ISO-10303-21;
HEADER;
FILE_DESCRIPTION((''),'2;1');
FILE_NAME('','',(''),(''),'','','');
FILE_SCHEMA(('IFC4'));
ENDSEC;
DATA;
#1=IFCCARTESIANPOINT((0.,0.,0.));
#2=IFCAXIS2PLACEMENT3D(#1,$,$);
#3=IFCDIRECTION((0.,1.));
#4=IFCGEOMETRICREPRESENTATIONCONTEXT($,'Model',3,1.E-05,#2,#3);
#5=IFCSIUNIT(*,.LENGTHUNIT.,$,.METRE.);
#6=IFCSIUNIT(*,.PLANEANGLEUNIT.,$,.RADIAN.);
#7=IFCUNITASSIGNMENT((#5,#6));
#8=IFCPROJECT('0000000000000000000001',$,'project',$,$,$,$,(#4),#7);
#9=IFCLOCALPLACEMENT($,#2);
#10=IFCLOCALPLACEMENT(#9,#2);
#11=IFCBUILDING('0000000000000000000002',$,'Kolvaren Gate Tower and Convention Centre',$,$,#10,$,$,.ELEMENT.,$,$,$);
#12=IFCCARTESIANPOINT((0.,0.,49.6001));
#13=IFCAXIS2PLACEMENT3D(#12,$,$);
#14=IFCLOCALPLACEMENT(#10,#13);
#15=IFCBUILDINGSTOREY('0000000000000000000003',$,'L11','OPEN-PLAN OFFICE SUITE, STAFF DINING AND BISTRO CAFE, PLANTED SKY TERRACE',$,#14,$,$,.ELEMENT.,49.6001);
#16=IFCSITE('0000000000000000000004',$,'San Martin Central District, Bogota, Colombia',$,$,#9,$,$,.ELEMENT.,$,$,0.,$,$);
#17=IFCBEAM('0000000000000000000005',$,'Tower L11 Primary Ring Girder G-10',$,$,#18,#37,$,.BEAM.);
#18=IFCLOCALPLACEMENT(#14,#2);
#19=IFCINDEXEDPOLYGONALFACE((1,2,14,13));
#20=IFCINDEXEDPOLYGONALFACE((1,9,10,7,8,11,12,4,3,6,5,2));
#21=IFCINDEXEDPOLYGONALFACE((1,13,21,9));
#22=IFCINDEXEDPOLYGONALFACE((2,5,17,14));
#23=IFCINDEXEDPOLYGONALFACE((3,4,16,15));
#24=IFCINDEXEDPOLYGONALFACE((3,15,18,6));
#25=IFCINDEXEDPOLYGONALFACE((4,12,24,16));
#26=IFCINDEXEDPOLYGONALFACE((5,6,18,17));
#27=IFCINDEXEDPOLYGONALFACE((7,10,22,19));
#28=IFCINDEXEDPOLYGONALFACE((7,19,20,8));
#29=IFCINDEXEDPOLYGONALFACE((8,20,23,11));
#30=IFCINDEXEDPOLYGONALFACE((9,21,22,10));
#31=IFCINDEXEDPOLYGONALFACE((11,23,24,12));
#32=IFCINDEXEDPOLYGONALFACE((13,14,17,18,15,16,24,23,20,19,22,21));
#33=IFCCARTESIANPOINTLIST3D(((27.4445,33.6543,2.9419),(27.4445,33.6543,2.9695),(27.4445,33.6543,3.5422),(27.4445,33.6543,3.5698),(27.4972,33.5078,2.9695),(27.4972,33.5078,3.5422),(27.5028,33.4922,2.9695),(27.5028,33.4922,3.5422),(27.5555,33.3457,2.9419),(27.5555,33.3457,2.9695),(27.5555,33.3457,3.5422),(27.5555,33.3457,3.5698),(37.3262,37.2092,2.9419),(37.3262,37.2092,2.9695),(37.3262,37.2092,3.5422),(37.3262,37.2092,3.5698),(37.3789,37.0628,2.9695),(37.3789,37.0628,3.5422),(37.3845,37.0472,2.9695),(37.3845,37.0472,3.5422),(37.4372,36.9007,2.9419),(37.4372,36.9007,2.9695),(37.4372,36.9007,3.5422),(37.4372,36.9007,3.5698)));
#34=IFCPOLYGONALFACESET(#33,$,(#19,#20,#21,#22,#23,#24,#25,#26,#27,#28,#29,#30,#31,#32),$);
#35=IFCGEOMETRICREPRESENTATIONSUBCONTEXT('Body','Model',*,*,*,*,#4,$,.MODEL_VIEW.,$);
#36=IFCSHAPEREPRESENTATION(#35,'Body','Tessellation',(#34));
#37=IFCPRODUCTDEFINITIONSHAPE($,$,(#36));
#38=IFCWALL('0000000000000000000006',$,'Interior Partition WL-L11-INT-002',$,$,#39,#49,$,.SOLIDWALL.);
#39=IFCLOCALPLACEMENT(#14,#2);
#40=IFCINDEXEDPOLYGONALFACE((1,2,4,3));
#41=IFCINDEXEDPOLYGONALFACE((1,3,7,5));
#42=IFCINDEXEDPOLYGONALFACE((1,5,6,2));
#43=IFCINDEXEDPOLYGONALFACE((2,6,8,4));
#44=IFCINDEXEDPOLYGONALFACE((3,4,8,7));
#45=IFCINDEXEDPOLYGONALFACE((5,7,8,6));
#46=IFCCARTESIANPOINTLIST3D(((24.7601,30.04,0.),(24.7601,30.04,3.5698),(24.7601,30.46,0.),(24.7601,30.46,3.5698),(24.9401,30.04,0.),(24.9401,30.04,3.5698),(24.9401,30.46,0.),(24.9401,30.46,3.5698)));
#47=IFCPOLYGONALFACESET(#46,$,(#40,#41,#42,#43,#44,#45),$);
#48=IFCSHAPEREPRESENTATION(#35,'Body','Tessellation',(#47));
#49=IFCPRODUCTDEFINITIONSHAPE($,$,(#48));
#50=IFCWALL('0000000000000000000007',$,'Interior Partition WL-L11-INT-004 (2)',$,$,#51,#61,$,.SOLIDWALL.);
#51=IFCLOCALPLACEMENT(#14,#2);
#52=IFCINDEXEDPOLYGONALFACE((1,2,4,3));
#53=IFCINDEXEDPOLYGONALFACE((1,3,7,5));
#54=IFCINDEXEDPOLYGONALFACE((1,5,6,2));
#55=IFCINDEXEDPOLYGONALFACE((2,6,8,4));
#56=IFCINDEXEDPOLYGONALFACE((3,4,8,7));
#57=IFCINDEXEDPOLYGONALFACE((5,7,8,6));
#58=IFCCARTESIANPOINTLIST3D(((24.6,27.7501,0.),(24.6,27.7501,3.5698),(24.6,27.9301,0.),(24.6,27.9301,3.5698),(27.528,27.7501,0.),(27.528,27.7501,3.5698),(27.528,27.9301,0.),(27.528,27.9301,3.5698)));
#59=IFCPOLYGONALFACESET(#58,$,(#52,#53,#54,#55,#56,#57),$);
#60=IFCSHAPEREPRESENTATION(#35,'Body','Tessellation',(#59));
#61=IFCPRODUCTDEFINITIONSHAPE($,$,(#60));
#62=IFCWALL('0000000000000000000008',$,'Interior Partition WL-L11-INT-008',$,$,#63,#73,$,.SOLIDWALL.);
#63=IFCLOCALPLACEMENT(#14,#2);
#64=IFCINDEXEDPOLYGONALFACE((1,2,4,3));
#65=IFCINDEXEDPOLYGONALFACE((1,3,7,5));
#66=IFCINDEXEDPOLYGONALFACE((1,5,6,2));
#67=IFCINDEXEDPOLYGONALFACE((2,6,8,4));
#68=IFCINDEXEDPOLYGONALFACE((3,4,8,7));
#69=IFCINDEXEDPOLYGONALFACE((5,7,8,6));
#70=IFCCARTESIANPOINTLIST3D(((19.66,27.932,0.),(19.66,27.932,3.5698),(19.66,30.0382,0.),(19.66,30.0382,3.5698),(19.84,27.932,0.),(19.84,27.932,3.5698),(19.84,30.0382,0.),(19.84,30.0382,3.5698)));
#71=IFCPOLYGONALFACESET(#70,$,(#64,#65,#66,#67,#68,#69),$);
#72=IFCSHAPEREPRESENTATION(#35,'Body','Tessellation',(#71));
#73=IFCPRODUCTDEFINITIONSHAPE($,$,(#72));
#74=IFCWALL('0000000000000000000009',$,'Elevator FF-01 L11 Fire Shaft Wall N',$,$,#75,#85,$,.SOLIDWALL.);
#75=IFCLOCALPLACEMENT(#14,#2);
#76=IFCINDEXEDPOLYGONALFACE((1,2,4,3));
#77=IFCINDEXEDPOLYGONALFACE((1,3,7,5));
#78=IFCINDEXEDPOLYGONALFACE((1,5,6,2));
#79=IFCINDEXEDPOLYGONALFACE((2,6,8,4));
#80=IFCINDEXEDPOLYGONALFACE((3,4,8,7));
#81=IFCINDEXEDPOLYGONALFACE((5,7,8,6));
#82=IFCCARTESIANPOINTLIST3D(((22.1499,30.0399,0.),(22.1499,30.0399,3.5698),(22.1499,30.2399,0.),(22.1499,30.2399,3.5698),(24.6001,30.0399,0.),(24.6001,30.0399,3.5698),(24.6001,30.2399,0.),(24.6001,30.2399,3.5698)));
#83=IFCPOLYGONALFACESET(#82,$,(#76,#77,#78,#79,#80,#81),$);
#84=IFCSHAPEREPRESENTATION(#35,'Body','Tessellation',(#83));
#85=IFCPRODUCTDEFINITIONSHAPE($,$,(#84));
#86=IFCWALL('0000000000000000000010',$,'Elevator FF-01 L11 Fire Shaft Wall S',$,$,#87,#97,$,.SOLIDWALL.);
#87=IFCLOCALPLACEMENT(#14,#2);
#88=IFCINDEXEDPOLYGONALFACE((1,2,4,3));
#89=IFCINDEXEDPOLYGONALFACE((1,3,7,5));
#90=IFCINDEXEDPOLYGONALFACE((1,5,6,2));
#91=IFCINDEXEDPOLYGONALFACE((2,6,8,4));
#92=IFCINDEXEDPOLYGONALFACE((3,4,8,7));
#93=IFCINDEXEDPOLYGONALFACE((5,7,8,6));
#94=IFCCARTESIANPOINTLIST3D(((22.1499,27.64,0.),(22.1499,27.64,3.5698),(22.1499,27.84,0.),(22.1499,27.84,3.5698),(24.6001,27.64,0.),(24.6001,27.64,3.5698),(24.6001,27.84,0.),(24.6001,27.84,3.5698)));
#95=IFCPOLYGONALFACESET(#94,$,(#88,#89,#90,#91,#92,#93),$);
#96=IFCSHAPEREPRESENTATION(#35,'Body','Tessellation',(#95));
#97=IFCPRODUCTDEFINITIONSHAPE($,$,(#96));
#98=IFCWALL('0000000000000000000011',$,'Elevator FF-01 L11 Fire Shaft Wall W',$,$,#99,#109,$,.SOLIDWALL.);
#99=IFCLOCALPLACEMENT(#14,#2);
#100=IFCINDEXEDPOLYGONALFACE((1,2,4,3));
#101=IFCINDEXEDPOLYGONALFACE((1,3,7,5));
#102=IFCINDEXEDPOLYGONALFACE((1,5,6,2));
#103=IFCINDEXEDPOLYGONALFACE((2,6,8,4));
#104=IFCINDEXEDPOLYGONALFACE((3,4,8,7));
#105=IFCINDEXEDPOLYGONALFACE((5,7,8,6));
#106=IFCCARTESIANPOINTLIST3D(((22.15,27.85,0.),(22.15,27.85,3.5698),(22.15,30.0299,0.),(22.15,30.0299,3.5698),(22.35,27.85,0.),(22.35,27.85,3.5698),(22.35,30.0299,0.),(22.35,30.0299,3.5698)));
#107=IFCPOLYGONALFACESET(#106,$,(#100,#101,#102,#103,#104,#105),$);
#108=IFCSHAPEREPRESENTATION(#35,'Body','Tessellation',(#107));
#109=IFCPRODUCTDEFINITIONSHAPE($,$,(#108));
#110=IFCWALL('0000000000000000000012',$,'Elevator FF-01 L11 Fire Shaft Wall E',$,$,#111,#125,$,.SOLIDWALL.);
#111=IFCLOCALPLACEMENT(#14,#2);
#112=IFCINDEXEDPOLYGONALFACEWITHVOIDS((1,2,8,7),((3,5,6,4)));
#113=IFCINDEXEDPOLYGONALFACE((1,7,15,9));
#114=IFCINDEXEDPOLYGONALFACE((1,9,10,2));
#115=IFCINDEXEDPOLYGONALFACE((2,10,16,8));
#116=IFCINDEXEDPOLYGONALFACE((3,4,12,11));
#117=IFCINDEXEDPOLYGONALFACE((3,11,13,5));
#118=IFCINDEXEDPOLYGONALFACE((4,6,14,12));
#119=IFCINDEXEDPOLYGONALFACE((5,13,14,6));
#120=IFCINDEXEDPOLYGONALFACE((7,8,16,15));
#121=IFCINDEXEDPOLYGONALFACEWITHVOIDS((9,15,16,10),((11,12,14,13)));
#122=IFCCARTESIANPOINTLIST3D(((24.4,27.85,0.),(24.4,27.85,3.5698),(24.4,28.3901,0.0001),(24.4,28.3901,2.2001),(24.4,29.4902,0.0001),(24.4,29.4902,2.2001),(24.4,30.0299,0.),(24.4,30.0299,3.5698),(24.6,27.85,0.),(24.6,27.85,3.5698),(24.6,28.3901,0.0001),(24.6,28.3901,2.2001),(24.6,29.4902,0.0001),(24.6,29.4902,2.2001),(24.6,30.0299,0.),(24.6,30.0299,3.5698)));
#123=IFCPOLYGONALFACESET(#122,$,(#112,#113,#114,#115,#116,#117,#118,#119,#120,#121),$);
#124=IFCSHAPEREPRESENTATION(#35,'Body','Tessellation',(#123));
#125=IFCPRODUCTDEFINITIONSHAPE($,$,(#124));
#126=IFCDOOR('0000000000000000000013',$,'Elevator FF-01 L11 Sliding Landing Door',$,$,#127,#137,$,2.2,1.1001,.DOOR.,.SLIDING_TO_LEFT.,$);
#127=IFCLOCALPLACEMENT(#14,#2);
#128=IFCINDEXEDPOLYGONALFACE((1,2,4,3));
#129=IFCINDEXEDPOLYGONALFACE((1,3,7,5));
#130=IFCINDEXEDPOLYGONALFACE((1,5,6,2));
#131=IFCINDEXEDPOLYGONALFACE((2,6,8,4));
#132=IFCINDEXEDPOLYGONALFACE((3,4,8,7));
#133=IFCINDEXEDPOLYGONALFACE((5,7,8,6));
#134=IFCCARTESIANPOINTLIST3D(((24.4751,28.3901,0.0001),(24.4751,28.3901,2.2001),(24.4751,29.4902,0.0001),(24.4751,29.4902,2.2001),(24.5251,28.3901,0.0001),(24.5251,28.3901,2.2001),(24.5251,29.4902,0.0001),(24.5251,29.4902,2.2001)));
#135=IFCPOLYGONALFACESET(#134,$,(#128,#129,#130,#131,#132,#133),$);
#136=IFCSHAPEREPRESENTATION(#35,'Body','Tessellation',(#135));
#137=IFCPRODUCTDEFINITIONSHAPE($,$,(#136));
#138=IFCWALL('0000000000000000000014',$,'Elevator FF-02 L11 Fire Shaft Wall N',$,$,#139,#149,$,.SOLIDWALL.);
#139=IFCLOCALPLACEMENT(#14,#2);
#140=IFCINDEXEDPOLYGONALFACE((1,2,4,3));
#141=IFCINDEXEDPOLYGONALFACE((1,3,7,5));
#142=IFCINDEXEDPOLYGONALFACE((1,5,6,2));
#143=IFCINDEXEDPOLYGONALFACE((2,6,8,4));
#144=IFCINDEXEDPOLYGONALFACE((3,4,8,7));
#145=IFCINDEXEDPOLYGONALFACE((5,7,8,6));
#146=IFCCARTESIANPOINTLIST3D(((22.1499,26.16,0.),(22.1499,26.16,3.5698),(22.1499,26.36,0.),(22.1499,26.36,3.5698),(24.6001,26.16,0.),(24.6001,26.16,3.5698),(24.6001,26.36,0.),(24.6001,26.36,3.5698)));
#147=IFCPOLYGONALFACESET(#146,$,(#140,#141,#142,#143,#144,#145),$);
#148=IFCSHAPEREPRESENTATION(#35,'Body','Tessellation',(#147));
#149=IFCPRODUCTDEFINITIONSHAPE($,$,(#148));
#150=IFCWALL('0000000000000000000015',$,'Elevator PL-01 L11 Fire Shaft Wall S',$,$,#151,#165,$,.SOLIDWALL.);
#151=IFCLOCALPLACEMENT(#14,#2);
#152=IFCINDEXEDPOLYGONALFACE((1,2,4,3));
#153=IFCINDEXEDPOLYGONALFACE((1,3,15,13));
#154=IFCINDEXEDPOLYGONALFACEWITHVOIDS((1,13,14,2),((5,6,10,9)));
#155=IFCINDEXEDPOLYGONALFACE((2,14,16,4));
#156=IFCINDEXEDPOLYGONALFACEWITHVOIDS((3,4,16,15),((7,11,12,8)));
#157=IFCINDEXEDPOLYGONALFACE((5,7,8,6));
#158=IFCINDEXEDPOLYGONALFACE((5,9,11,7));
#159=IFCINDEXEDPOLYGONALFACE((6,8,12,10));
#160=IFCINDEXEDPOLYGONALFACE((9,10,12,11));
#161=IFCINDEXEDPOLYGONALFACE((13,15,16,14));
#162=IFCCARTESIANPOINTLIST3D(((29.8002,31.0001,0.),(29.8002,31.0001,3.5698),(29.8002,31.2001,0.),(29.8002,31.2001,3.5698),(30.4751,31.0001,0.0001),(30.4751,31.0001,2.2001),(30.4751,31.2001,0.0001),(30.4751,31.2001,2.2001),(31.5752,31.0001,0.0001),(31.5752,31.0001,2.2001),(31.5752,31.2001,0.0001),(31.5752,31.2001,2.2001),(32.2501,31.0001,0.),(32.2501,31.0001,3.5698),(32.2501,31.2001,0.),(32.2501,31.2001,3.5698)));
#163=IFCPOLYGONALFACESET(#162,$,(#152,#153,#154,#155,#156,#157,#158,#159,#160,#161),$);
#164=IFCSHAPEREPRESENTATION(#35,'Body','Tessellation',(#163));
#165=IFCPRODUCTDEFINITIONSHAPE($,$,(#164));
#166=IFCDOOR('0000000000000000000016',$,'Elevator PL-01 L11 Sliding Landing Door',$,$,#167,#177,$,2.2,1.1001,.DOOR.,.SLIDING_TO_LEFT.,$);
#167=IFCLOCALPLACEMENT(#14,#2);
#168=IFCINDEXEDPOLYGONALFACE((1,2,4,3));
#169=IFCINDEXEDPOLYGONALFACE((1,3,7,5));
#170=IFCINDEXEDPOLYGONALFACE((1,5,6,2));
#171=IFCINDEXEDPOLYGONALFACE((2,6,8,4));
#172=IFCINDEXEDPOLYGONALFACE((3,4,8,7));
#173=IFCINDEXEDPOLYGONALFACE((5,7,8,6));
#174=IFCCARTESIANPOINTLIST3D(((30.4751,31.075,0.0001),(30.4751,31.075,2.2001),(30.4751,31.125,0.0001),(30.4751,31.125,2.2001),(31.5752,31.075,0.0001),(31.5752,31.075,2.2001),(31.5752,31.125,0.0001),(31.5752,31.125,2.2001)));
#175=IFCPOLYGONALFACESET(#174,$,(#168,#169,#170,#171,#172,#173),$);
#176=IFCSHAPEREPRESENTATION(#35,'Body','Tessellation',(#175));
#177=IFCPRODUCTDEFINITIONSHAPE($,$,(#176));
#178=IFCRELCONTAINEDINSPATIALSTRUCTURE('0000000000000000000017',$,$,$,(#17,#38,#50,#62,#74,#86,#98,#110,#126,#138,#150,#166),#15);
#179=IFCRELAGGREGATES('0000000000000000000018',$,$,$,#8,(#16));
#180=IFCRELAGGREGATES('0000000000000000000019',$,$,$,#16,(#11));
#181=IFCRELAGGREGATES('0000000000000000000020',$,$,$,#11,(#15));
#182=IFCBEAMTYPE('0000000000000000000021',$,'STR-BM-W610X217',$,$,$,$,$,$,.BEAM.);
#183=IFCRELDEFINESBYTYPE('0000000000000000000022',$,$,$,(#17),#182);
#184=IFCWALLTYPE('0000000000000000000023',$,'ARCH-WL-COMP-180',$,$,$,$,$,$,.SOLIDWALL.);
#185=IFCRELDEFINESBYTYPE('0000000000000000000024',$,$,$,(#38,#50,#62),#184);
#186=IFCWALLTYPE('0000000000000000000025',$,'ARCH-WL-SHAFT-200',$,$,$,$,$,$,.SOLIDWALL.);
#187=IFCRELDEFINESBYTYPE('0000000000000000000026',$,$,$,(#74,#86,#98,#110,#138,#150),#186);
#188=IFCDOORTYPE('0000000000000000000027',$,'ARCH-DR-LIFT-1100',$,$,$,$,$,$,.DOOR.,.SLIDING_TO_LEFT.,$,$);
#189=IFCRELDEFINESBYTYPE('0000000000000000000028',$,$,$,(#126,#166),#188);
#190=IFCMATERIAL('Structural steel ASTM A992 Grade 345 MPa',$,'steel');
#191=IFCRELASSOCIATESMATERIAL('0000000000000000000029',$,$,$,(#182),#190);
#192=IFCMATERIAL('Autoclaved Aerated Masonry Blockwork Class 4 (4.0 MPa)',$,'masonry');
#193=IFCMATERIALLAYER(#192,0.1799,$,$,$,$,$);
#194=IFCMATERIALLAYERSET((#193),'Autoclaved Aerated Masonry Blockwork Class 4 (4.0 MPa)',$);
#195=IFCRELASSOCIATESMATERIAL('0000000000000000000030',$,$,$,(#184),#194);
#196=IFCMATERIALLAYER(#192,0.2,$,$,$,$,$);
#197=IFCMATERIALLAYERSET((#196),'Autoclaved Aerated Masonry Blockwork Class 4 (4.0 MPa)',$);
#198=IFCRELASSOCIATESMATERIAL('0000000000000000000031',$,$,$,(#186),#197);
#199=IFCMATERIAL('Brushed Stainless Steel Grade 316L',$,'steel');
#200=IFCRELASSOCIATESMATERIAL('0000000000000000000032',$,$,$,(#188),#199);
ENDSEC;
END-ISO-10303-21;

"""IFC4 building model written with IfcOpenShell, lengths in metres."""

from ifc_helpers import new_model, si_unit, direction, frame, frame_2d, origin, origin_2d, place, context, subcontext, project, spatial, rectangle, i_section, extrude, material, layer, layer_set, material_profile, profile_set, type_object, element, fill, save


model = new_model("IFC4")

# Units and contexts
model_context = context("Model", 3, precision=1e-05, world=origin(), true_north=direction((0.0, 1.0)))
body_context = subcontext(model_context, "Body", "Model", "MODEL_VIEW")
ifc_project = project(units=[si_unit("LENGTHUNIT", "METRE"), si_unit("PLANEANGLEUNIT", "RADIAN")], contexts=[model_context])

# Site, building, storey
site_placement = place(None, origin())
site = spatial("IfcSite", under=ifc_project, at=site_placement, Name="San Martin Central District, Bogota, Colombia", CompositionType="ELEMENT", RefElevation=0.0)
building_placement = place(site_placement, origin())
building = spatial("IfcBuilding", under=site, at=building_placement, Name="Kolvaren Gate Tower and Convention Centre", CompositionType="ELEMENT")
storey_placement = place(building_placement, frame((0.0, 0.0, 49.6001)))
storey = spatial("IfcBuildingStorey", under=building, at=storey_placement, Name="L11", Description="OPEN-PLAN OFFICE SUITE, STAFF DINING AND BISTRO CAFE, PLANTED SKY TERRACE", CompositionType="ELEMENT", Elevation=49.6001)

# Beam
ifc_material_1 = material(Name="Structural steel ASTM A992 Grade 345 MPa", Category="steel")
ifc_material_profile = material_profile(ifc_material_1, i_section(OverallWidth=0.3279, OverallDepth=0.6279, WebThickness=0.0166, FlangeThickness=0.0276, at=origin_2d()), Name="W610X217")
ifc_profile_set = profile_set([ifc_material_profile], Name="Structural steel ASTM A992 Grade 345 MPa")
beam_type = type_object("IfcBeamType", Name="STR-BM-W610X217", PredefinedType="BEAM", material=ifc_profile_set)
beam_placement = place(storey_placement, frame((27.5, 33.5, 3.2559), z_axis=(0.940961, 0.338514, 0.0), x_axis=(-0.338514, 0.940961, 0.0)))
element("IfcBeam", 1, at=beam_placement, inside=storey, type_object=beam_type, Name="Tower L11 Primary Ring Girder G-10", PredefinedType="BEAM", context=body_context, shape_type="SweptSolid", body=[
    extrude(i_section(OverallWidth=0.3279, OverallDepth=0.6279, WebThickness=0.0166, FlangeThickness=0.0276, at=origin_2d()), origin(), (0.0, 0.0, 1.0), 10.5017),
])

# Walls
ifc_material_2 = material(Name="Autoclaved Aerated Masonry Blockwork Class 4 (4.0 MPa)", Category="masonry")
ifc_layer_1 = layer(ifc_material_2, 0.1799)
ifc_layer_set_1 = layer_set([ifc_layer_1], Name="Autoclaved Aerated Masonry Blockwork Class 4 (4.0 MPa)")
wall_type_1 = type_object("IfcWallType", Name="ARCH-WL-COMP-180", PredefinedType="SOLIDWALL", material=ifc_layer_set_1)
wall_1_placement = place(storey_placement, frame((24.8501, 30.04, 0.0), z_axis=(0.0, 0.0, 1.0), x_axis=(0.0, 1.0, 0.0)))
element("IfcWall", 2, at=wall_1_placement, inside=storey, type_object=wall_type_1, Name="Interior Partition WL-L11-INT-002", PredefinedType="SOLIDWALL", context=body_context, shape_type="SweptSolid", body=[
    extrude(rectangle(XDim=0.4199, YDim=0.1799, at=frame_2d((0.21, 0.0))), origin(), (0.0, 0.0, 1.0), 3.5698),
])
wall_2_placement = place(storey_placement, frame((24.6001, 27.8401, 0.0), z_axis=(0.0, 0.0, 1.0), x_axis=(1.0, 0.0, 0.0)))
element("IfcWall", 3, at=wall_2_placement, inside=storey, type_object=wall_type_1, Name="Interior Partition WL-L11-INT-004 (2)", PredefinedType="SOLIDWALL", context=body_context, shape_type="SweptSolid", body=[
    extrude(rectangle(XDim=2.928, YDim=0.1799, at=frame_2d((1.4639, 0.0))), origin(), (0.0, 0.0, 1.0), 3.5698),
])
wall_3_placement = place(storey_placement, frame((19.75, 27.9319, 0.0), z_axis=(0.0, 0.0, 1.0), x_axis=(0.0, 1.0, 0.0)))
element("IfcWall", 4, at=wall_3_placement, inside=storey, type_object=wall_type_1, Name="Interior Partition WL-L11-INT-008", PredefinedType="SOLIDWALL", context=body_context, shape_type="SweptSolid", body=[
    extrude(rectangle(XDim=2.1062, YDim=0.1799, at=frame_2d((1.0532, 0.0))), origin(), (0.0, 0.0, 1.0), 3.5698),
])
ifc_layer_2 = layer(ifc_material_2, 0.2)
ifc_layer_set_2 = layer_set([ifc_layer_2], Name="Autoclaved Aerated Masonry Blockwork Class 4 (4.0 MPa)")
wall_type_2 = type_object("IfcWallType", Name="ARCH-WL-SHAFT-200", PredefinedType="SOLIDWALL", material=ifc_layer_set_2)
for number, where, z_axis, x_axis, name in (
    (5, (22.1499, 30.1399, 0.0), (0.0, 0.0, 1.0), (1.0, 0.0, 0.0), "Elevator FF-01 L11 Fire Shaft Wall N"),
    (6, (22.1499, 27.74, 0.0), (0.0, 0.0, 1.0), (1.0, 0.0, 0.0), "Elevator FF-01 L11 Fire Shaft Wall S"),
):
    element("IfcWall", number, at=place(storey_placement, frame(where, z_axis=z_axis, x_axis=x_axis)), inside=storey, type_object=wall_type_2, Name=name, PredefinedType="SOLIDWALL", context=body_context, shape_type="SweptSolid", body=[
        extrude(rectangle(XDim=2.4502, YDim=0.2, at=frame_2d((1.2251, 0.0))), origin(), (0.0, 0.0, 1.0), 3.5698),
    ])
wall_4_placement = place(storey_placement, frame((22.25, 27.8501, 0.0), z_axis=(0.0, 0.0, 1.0), x_axis=(0.0, 1.0, 0.0)))
element("IfcWall", 7, at=wall_4_placement, inside=storey, type_object=wall_type_2, Name="Elevator FF-01 L11 Fire Shaft Wall W", PredefinedType="SOLIDWALL", context=body_context, shape_type="SweptSolid", body=[
    extrude(rectangle(XDim=2.1799, YDim=0.2, at=frame_2d((1.0898, 0.0))), origin(), (0.0, 0.0, 1.0), 3.5698),
])

# Wall, opening, door
wall_5_placement = place(storey_placement, frame((24.5, 27.8501, 0.0), z_axis=(0.0, 0.0, 1.0), x_axis=(0.0, 1.0, 0.0)))
wall_5 = element("IfcWall", 8, at=wall_5_placement, inside=storey, type_object=wall_type_2, Name="Elevator FF-01 L11 Fire Shaft Wall E", PredefinedType="SOLIDWALL", context=body_context, shape_type="SweptSolid", body=[
    extrude(rectangle(XDim=2.1799, YDim=0.2, at=frame_2d((1.0898, 0.0))), origin(), (0.0, 0.0, 1.0), 3.5698),
])
opening_1_placement = place(wall_5_placement, frame((0.54, 0.0, 0.0)))
opening_1 = element("IfcOpeningElement", 9, at=opening_1_placement, cuts=wall_5, PredefinedType="OPENING", context=body_context, shape_type="SweptSolid", body=[
    extrude(rectangle(XDim=1.1001, YDim=2.2, at=frame_2d((0.55, 1.1001))), frame((0.0, 0.1099, 0.0), z_axis=(0.0, -1.0, 0.0), x_axis=(1.0, 0.0, 0.0)), (0.0, 0.0, 1.0), 0.22),
])
ifc_material_3 = material(Name="Brushed Stainless Steel Grade 316L", Category="steel")
door_type_1 = type_object("IfcDoorType", Name="ARCH-DR-LIFT-1100", OperationType="SLIDING_TO_LEFT", PredefinedType="DOOR", material=ifc_material_3)
door_1_placement = place(opening_1_placement, origin())
door_1 = element("IfcDoor", 10, at=door_1_placement, inside=storey, type_object=door_type_1, Name="Elevator FF-01 L11 Sliding Landing Door", OperationType="SLIDING_TO_LEFT", OverallHeight=2.2, OverallWidth=1.1001, PredefinedType="DOOR", context=body_context, shape_type="SweptSolid", body=[
    extrude(rectangle(XDim=1.1001, YDim=2.2, at=frame_2d((0.55, 1.1001))), frame((0.0, 0.0249, 0.0), z_axis=(0.0, -1.0, 0.0), x_axis=(1.0, 0.0, 0.0)), (0.0, 0.0, 1.0), 0.05),
])
fill(opening_1, door_1)

# Wall
wall_6_placement = place(storey_placement, frame((22.1499, 26.26, 0.0), z_axis=(0.0, 0.0, 1.0), x_axis=(1.0, 0.0, 0.0)))
element("IfcWall", 11, at=wall_6_placement, inside=storey, type_object=wall_type_2, Name="Elevator FF-02 L11 Fire Shaft Wall N", PredefinedType="SOLIDWALL", context=body_context, shape_type="SweptSolid", body=[
    extrude(rectangle(XDim=2.4502, YDim=0.2, at=frame_2d((1.2251, 0.0))), origin(), (0.0, 0.0, 1.0), 3.5698),
])

# Wall, opening, door
wall_7_placement = place(storey_placement, frame((29.8, 31.1001, 0.0), z_axis=(0.0, 0.0, 1.0), x_axis=(1.0, 0.0, 0.0)))
wall_7 = element("IfcWall", 12, at=wall_7_placement, inside=storey, type_object=wall_type_2, Name="Elevator PL-01 L11 Fire Shaft Wall S", PredefinedType="SOLIDWALL", context=body_context, shape_type="SweptSolid", body=[
    extrude(rectangle(XDim=2.45, YDim=0.2, at=frame_2d((1.2251, 0.0))), origin(), (0.0, 0.0, 1.0), 3.5698),
])
opening_2_placement = place(wall_7_placement, frame((0.675, 0.0, 0.0)))
opening_2 = element("IfcOpeningElement", 13, at=opening_2_placement, cuts=wall_7, PredefinedType="OPENING", context=body_context, shape_type="SweptSolid", body=[
    extrude(rectangle(XDim=1.1001, YDim=2.2, at=frame_2d((0.55, 1.1001))), frame((0.0, 0.1099, 0.0), z_axis=(0.0, -1.0, 0.0), x_axis=(1.0, 0.0, 0.0)), (0.0, 0.0, 1.0), 0.22),
])
door_2_placement = place(opening_2_placement, origin())
door_2 = element("IfcDoor", 14, at=door_2_placement, inside=storey, type_object=door_type_1, Name="Elevator PL-01 L11 Sliding Landing Door", OperationType="SLIDING_TO_LEFT", OverallHeight=2.2, OverallWidth=1.1001, PredefinedType="DOOR", context=body_context, shape_type="SweptSolid", body=[
    extrude(rectangle(XDim=1.1001, YDim=2.2, at=frame_2d((0.55, 1.1001))), frame((0.0, 0.0249, 0.0), z_axis=(0.0, -1.0, 0.0), x_axis=(1.0, 0.0, 0.0)), (0.0, 0.0, 1.0), 0.05),
])
fill(opening_2, door_2)

save(model, "model.ifc")
